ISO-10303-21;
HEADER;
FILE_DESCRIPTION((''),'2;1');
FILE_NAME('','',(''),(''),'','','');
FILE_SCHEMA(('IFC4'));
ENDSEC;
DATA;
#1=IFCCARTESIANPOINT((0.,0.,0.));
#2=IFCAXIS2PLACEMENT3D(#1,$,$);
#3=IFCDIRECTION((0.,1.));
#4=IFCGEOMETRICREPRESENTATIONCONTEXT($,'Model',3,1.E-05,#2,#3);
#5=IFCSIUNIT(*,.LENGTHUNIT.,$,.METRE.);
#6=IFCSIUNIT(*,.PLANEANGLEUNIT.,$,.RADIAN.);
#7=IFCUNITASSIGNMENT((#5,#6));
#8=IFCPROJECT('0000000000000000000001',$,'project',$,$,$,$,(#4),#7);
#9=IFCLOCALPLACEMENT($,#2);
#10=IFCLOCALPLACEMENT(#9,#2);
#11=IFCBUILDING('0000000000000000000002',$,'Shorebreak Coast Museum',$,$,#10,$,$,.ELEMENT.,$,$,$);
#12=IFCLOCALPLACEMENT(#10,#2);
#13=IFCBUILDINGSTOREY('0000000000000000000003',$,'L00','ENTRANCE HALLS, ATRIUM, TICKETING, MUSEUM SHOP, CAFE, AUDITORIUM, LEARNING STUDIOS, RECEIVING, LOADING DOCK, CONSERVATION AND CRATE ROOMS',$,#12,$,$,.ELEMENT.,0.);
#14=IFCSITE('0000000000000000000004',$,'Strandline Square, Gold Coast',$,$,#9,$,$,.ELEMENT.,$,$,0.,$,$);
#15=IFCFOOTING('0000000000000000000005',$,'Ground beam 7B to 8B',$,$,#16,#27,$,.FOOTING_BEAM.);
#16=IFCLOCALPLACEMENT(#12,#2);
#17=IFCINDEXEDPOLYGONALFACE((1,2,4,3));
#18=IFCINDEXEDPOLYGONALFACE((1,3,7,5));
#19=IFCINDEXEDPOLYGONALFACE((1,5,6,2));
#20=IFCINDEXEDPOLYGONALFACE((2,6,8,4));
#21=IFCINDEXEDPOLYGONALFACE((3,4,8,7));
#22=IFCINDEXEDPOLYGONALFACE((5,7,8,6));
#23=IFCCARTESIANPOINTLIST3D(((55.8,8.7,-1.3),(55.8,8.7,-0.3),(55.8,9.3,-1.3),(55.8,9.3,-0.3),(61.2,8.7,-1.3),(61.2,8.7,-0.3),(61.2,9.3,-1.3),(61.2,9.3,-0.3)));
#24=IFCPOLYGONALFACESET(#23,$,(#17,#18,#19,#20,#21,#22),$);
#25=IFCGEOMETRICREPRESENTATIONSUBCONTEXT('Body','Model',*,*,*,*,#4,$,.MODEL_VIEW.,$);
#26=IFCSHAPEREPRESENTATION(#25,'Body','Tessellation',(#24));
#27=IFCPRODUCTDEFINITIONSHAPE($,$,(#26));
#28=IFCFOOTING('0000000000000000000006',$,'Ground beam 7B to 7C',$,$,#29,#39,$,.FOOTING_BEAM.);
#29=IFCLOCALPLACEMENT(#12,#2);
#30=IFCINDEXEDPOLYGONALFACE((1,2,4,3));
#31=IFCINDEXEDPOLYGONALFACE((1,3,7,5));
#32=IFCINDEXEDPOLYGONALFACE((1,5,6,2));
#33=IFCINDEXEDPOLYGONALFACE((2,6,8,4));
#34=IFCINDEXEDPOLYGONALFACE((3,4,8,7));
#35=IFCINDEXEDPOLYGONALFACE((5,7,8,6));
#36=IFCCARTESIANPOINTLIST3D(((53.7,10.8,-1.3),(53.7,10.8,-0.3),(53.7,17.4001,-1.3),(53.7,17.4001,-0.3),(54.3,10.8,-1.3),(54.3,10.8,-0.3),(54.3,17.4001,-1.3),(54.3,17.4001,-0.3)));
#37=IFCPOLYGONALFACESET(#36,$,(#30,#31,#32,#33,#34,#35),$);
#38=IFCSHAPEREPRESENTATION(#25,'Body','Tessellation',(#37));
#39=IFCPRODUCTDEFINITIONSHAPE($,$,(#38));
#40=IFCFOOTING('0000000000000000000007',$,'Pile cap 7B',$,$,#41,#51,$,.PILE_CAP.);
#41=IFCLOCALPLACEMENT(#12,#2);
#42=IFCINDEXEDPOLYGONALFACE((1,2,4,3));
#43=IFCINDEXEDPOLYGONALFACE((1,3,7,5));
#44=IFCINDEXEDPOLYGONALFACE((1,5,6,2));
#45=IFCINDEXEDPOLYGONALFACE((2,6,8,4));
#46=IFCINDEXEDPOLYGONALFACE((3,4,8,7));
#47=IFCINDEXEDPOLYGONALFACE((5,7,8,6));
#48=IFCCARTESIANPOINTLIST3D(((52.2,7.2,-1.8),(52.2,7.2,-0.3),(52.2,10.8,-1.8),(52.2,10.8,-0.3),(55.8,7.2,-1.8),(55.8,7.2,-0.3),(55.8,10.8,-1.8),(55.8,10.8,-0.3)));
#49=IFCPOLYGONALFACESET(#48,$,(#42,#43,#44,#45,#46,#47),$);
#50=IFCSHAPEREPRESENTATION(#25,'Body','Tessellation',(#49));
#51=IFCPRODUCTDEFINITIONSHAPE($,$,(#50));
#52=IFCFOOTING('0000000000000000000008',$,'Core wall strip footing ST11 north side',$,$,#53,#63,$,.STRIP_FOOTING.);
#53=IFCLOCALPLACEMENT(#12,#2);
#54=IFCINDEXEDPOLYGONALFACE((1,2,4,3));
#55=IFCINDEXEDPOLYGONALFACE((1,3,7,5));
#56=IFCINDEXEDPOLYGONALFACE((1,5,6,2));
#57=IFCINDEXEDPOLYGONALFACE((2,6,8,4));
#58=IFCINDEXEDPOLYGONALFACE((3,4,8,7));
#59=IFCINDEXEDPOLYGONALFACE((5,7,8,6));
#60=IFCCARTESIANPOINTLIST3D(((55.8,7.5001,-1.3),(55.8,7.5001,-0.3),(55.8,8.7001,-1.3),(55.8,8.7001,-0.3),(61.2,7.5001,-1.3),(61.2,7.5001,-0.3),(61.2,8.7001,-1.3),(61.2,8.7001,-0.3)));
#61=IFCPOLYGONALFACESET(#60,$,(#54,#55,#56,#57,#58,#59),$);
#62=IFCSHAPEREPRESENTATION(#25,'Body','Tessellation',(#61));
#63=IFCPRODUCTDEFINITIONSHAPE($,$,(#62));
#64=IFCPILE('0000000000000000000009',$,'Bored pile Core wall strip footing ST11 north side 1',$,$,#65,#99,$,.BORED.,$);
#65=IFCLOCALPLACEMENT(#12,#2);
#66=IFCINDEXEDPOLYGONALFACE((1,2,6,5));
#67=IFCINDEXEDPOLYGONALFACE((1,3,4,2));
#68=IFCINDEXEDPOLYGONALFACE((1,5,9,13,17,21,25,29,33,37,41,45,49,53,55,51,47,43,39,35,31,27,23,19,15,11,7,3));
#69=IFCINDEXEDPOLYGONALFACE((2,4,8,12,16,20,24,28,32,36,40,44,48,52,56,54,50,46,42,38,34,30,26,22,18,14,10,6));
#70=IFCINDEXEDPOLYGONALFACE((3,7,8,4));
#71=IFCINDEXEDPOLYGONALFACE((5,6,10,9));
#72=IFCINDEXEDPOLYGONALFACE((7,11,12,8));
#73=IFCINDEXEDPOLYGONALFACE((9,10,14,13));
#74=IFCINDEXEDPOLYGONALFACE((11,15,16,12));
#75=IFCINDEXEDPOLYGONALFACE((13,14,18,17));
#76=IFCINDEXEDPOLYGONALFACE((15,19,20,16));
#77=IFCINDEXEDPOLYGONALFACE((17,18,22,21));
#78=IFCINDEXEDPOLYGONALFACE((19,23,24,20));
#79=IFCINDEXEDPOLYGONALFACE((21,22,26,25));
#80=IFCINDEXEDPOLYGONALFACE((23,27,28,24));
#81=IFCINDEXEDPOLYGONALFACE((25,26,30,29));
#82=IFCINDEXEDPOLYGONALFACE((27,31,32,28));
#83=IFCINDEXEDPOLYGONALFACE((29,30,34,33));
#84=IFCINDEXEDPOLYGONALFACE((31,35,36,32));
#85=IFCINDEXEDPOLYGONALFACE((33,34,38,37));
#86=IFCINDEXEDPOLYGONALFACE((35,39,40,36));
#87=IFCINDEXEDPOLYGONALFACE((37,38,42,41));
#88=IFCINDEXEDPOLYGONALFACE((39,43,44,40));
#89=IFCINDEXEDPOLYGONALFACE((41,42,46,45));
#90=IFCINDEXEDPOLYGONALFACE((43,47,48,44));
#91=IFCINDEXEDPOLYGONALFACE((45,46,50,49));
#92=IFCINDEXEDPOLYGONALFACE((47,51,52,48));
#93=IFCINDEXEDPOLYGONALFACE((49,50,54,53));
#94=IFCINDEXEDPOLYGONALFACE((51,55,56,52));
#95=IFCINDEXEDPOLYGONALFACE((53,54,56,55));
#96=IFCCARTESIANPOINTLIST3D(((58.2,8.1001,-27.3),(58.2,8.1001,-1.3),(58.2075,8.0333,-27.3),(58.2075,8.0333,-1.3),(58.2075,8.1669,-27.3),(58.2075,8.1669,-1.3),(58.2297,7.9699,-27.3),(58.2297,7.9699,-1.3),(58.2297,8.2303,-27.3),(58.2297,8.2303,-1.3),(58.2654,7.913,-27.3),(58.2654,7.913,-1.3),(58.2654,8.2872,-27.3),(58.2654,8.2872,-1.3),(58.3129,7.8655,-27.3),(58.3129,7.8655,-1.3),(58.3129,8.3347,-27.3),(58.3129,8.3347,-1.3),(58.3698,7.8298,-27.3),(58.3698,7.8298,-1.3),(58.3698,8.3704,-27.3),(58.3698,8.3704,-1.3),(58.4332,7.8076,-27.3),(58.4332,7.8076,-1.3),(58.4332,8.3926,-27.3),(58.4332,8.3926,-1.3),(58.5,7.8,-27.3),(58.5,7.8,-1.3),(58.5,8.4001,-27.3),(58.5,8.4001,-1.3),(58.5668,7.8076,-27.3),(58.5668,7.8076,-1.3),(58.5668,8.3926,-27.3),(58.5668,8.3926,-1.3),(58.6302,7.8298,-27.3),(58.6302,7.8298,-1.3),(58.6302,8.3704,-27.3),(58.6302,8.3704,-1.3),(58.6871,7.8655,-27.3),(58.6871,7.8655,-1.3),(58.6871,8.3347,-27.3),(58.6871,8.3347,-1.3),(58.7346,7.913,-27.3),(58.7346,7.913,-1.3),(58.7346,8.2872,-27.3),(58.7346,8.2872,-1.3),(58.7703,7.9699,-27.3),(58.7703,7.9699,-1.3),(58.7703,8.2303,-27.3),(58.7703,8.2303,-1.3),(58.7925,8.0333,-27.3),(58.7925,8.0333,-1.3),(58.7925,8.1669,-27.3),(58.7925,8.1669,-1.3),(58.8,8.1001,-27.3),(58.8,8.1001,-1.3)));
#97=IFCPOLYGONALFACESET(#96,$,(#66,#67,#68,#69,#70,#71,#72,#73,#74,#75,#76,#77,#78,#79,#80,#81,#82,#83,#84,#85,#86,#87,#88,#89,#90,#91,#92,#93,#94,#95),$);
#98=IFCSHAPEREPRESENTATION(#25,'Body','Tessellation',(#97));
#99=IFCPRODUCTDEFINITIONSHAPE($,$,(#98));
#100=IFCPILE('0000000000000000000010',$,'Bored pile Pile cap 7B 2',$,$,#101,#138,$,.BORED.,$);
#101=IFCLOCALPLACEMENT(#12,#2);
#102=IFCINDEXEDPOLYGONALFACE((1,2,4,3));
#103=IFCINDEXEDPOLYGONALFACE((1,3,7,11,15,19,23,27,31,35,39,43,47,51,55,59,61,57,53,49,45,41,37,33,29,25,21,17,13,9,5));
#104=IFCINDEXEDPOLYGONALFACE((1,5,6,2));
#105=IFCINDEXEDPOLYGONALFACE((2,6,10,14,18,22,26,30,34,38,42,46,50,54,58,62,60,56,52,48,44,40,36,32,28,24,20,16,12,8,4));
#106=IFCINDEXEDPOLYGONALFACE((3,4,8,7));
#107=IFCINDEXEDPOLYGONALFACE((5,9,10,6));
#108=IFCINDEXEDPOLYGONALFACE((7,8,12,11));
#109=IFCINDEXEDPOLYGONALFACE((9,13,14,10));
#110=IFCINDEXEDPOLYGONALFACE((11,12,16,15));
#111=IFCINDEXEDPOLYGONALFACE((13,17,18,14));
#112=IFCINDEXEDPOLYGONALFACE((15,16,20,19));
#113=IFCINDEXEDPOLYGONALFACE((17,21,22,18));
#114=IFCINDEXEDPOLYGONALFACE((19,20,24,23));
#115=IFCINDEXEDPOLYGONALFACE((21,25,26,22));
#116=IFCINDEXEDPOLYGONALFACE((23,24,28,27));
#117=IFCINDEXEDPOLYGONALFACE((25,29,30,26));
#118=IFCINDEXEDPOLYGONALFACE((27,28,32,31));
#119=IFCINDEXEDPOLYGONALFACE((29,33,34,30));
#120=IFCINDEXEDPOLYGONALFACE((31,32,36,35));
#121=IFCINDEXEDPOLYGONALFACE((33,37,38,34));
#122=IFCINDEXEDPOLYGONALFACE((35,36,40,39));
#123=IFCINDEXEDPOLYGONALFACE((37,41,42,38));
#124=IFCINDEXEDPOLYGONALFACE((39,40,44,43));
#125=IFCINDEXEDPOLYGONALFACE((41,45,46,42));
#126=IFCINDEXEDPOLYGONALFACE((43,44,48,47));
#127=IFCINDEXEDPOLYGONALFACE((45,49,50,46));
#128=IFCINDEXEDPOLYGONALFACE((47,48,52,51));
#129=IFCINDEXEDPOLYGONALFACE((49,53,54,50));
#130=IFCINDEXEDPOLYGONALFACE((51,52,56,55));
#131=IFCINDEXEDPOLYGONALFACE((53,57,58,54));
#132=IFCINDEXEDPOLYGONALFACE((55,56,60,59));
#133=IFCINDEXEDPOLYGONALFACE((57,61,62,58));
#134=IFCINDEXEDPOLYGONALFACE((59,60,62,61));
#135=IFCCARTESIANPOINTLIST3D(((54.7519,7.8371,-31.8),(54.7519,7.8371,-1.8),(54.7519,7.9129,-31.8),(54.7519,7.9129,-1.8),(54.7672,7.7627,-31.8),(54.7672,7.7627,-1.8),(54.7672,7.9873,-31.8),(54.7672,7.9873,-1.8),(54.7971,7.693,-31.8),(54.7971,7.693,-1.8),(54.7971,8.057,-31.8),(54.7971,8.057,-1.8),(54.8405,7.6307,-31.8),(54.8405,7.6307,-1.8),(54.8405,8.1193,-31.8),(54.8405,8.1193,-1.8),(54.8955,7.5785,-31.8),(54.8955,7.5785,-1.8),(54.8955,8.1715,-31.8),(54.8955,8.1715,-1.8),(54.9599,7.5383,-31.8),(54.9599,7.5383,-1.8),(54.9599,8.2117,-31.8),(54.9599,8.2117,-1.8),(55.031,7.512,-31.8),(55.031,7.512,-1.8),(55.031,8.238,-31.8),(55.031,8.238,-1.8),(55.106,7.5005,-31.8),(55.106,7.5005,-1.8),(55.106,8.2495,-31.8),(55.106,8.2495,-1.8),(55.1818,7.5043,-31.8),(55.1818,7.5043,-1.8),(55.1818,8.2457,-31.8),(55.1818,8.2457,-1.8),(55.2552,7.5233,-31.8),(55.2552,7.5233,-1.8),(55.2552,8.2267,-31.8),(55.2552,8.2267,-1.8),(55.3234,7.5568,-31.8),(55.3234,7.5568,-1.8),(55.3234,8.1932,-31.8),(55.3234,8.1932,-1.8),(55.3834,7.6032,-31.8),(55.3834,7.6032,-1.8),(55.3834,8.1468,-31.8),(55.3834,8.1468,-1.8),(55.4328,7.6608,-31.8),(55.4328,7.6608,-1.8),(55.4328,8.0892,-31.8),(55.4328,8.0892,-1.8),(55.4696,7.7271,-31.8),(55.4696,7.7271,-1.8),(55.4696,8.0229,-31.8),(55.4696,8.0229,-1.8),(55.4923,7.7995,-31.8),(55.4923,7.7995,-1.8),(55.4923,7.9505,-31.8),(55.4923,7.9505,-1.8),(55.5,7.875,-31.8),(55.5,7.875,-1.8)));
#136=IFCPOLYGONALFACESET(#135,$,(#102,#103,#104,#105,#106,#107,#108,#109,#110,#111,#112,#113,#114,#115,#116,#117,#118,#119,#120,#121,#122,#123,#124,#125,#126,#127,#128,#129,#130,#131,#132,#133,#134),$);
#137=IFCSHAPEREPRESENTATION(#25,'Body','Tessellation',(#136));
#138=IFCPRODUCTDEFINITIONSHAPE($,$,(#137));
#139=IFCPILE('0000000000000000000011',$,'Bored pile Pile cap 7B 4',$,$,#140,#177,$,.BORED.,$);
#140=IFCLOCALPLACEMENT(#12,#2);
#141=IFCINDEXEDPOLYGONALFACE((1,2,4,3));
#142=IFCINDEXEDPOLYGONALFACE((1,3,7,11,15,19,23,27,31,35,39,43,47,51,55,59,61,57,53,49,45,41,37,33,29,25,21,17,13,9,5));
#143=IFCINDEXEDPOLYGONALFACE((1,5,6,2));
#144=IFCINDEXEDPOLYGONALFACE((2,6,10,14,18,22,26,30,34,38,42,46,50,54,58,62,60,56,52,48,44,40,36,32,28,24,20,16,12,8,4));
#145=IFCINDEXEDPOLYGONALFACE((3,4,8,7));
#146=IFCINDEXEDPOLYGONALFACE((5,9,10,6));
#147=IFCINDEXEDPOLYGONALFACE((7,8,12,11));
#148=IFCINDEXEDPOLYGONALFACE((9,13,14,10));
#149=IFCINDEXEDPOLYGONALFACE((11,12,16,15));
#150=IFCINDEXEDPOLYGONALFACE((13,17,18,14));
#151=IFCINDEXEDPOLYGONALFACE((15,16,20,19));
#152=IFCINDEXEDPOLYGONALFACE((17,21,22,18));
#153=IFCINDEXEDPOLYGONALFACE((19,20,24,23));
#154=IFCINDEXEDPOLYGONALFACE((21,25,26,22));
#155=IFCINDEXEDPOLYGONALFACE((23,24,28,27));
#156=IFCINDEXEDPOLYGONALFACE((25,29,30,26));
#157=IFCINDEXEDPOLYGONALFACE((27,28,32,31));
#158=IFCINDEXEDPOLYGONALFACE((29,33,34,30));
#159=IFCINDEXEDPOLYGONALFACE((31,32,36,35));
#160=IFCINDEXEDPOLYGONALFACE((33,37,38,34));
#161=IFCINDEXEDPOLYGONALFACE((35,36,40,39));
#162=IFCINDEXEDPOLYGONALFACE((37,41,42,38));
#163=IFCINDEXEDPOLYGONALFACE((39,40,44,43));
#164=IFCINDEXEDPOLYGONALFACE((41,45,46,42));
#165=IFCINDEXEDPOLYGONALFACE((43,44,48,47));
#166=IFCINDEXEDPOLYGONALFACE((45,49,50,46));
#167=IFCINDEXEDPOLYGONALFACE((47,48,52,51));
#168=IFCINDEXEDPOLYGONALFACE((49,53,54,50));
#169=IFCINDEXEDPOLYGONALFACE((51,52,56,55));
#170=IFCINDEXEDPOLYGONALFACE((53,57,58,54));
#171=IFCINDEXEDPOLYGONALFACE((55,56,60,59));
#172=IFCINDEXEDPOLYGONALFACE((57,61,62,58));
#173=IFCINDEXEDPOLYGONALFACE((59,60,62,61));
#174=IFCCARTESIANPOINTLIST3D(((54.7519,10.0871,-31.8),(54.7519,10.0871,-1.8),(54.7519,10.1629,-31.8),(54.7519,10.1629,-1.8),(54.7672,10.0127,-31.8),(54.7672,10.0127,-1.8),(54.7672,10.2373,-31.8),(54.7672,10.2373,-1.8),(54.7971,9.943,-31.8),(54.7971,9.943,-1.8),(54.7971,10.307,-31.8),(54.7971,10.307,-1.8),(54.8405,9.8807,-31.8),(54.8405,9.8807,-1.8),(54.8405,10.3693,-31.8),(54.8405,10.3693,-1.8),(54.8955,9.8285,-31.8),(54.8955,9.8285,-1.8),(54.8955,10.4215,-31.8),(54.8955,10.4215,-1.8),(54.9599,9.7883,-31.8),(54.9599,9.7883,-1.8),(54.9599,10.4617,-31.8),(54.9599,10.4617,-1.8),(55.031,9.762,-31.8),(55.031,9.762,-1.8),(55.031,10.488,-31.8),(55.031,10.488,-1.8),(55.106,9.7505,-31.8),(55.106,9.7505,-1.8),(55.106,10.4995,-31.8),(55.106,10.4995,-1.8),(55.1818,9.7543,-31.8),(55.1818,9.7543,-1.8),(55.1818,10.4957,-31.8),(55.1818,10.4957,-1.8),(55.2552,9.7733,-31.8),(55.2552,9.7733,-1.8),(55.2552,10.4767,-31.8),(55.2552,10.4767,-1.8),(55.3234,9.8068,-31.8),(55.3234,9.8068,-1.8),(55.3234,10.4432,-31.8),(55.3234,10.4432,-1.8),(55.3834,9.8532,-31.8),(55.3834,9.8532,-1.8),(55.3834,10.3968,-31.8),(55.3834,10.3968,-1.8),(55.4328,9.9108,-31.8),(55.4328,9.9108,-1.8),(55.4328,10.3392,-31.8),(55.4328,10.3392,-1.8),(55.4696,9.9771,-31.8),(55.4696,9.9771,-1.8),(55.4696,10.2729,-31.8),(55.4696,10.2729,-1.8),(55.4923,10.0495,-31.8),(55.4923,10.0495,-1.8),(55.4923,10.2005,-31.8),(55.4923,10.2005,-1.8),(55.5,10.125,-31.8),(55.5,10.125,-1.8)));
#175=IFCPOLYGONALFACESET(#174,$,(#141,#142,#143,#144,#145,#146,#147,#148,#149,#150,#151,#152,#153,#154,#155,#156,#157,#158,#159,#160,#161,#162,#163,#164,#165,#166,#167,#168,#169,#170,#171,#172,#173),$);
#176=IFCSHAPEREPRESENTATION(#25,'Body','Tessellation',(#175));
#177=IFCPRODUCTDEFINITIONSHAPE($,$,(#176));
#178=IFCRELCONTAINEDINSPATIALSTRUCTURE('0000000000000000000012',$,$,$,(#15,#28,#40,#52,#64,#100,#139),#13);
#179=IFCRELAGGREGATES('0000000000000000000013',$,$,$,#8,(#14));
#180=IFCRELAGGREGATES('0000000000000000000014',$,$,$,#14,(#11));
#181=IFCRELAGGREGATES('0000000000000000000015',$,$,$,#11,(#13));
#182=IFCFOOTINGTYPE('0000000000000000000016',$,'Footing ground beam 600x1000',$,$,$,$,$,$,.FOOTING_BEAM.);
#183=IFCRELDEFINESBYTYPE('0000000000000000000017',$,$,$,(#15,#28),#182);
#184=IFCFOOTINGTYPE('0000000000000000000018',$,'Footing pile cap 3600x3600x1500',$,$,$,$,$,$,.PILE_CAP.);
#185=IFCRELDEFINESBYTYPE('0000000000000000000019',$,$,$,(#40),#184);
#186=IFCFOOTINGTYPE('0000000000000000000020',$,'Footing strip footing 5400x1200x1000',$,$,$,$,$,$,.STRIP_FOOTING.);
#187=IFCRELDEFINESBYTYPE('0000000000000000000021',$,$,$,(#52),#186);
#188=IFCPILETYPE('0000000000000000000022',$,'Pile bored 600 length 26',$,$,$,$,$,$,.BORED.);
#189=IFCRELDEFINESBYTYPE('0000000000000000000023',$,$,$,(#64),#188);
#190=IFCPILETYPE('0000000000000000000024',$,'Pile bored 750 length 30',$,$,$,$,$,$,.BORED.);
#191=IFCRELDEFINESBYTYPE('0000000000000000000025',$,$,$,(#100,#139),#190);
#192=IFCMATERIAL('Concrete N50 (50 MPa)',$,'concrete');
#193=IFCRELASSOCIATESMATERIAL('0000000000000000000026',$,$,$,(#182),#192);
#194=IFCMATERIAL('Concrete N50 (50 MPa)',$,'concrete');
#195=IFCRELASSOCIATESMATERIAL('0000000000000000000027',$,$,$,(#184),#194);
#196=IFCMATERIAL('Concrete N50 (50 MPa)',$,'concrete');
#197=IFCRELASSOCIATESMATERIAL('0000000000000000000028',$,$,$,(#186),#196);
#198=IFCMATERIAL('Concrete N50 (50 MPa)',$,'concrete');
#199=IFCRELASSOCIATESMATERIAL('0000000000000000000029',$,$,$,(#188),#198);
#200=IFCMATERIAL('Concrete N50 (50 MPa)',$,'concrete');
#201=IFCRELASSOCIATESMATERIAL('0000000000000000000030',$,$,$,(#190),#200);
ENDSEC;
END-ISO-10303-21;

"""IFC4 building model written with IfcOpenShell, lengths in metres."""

from ifc_helpers import new_model, si_unit, direction, frame, origin, origin_2d, place, context, subcontext, project, spatial, rectangle, circle, extrude, material, material_profile, profile_set, type_object, element, save


model = new_model("IFC4")

# Units and contexts
model_context = context("Model", 3, precision=1e-05, world=origin(), true_north=direction((0.0, 1.0)))
body_context = subcontext(model_context, "Body", "Model", "MODEL_VIEW")
ifc_project = project(units=[si_unit("LENGTHUNIT", "METRE"), si_unit("PLANEANGLEUNIT", "RADIAN")], contexts=[model_context])

# Site, building, storey
site_placement = place(None, origin())
site = spatial("IfcSite", under=ifc_project, at=site_placement, Name="Strandline Square, Gold Coast", CompositionType="ELEMENT", RefElevation=0.0)
building_placement = place(site_placement, origin())
building = spatial("IfcBuilding", under=site, at=building_placement, Name="Shorebreak Coast Museum", CompositionType="ELEMENT")
storey_placement = place(building_placement, origin())
storey = spatial("IfcBuildingStorey", under=building, at=storey_placement, Name="L00", Description="ENTRANCE HALLS, ATRIUM, TICKETING, MUSEUM SHOP, CAFE, AUDITORIUM, LEARNING STUDIOS, RECEIVING, LOADING DOCK, CONSERVATION AND CRATE ROOMS", CompositionType="ELEMENT", Elevation=0.0)

# Footings
ifc_material_1 = material(Name="Concrete N50 (50 MPa)", Category="concrete")
footing_type_1 = type_object("IfcFootingType", Name="Footing ground beam 600x1000", PredefinedType="FOOTING_BEAM", material=ifc_material_1)
footing_1_placement = place(storey_placement, frame((58.5, 9.0, -1.3), z_axis=(0.0, 0.0, 1.0), x_axis=(1.0, 0.0, 0.0)))
element("IfcFooting", 1, at=footing_1_placement, inside=storey, type_object=footing_type_1, Name="Ground beam 7B to 8B", PredefinedType="FOOTING_BEAM", context=body_context, shape_type="SweptSolid", body=[
    extrude(rectangle(XDim=5.3999, YDim=0.6001, at=origin_2d()), origin(), (0.0, 0.0, 1.0), 1.0),
])
footing_2_placement = place(storey_placement, frame((54.0, 14.1001, -1.3), z_axis=(0.0, 0.0, 1.0), x_axis=(1.0, 0.0, 0.0)))
element("IfcFooting", 2, at=footing_2_placement, inside=storey, type_object=footing_type_1, Name="Ground beam 7B to 7C", PredefinedType="FOOTING_BEAM", context=body_context, shape_type="SweptSolid", body=[
    extrude(rectangle(XDim=0.6001, YDim=6.6001, at=origin_2d()), origin(), (0.0, 0.0, 1.0), 1.0),
])
ifc_material_2 = material(Name="Concrete N50 (50 MPa)", Category="concrete")
footing_type_2 = type_object("IfcFootingType", Name="Footing pile cap 3600x3600x1500", PredefinedType="PILE_CAP", material=ifc_material_2)
footing_3_placement = place(storey_placement, frame((54.0, 9.0, -1.8), z_axis=(0.0, 0.0, 1.0), x_axis=(1.0, 0.0, 0.0)))
element("IfcFooting", 3, at=footing_3_placement, inside=storey, type_object=footing_type_2, Name="Pile cap 7B", PredefinedType="PILE_CAP", context=body_context, shape_type="SweptSolid", body=[
    extrude(rectangle(XDim=3.6001, YDim=3.6001, at=origin_2d()), origin(), (0.0, 0.0, 1.0), 1.5),
])
ifc_material_3 = material(Name="Concrete N50 (50 MPa)", Category="concrete")
footing_type_3 = type_object("IfcFootingType", Name="Footing strip footing 5400x1200x1000", PredefinedType="STRIP_FOOTING", material=ifc_material_3)
footing_4_placement = place(storey_placement, frame((58.5, 8.1001, -1.3), z_axis=(0.0, 0.0, 1.0), x_axis=(1.0, 0.0, 0.0)))
element("IfcFooting", 4, at=footing_4_placement, inside=storey, type_object=footing_type_3, Name="Core wall strip footing ST11 north side", PredefinedType="STRIP_FOOTING", context=body_context, shape_type="SweptSolid", body=[
    extrude(rectangle(XDim=5.3999, YDim=1.2, at=origin_2d()), origin(), (0.0, 0.0, 1.0), 1.0),
])

# Piles
ifc_material_4 = material(Name="Concrete N50 (50 MPa)", Category="concrete")
ifc_material_profile_1 = material_profile(ifc_material_4, circle(Radius=0.3, at=origin_2d()), Name="Pile bored 600 length 26")
ifc_profile_set_1 = profile_set([ifc_material_profile_1], Name="Concrete N50 (50 MPa)")
pile_type_1 = type_object("IfcPileType", Name="Pile bored 600 length 26", PredefinedType="BORED", material=ifc_profile_set_1)
pile_placement = place(storey_placement, frame((58.5, 8.1001, -1.3), z_axis=(0.0, 0.0, -1.0), x_axis=(1.0, 0.0, 0.0)))
element("IfcPile", 5, at=pile_placement, inside=storey, type_object=pile_type_1, Name="Bored pile Core wall strip footing ST11 north side 1", PredefinedType="BORED", context=body_context, shape_type="SweptSolid", body=[
    extrude(circle(Radius=0.3, at=origin_2d()), origin(), (0.0, 0.0, 1.0), 26.0),
])
ifc_material_5 = material(Name="Concrete N50 (50 MPa)", Category="concrete")
ifc_material_profile_2 = material_profile(ifc_material_5, circle(Radius=0.375, at=origin_2d()), Name="Pile bored 750 length 30")
ifc_profile_set_2 = profile_set([ifc_material_profile_2], Name="Concrete N50 (50 MPa)")
pile_type_2 = type_object("IfcPileType", Name="Pile bored 750 length 30", PredefinedType="BORED", material=ifc_profile_set_2)
for number, where, z_axis, x_axis, name in (
    (6, (55.125, 7.875, -1.8), (0.0, 0.0, -1.0), (1.0, 0.0, 0.0), "Bored pile Pile cap 7B 2"),
    (7, (55.125, 10.125, -1.8), (0.0, 0.0, -1.0), (1.0, 0.0, 0.0), "Bored pile Pile cap 7B 4"),
):
    element("IfcPile", number, at=place(storey_placement, frame(where, z_axis=z_axis, x_axis=x_axis)), inside=storey, type_object=pile_type_2, Name=name, PredefinedType="BORED", context=body_context, shape_type="SweptSolid", body=[
        extrude(circle(Radius=0.375, at=origin_2d()), origin(), (0.0, 0.0, 1.0), 30.0),
    ])

save(model, "model.ifc")
